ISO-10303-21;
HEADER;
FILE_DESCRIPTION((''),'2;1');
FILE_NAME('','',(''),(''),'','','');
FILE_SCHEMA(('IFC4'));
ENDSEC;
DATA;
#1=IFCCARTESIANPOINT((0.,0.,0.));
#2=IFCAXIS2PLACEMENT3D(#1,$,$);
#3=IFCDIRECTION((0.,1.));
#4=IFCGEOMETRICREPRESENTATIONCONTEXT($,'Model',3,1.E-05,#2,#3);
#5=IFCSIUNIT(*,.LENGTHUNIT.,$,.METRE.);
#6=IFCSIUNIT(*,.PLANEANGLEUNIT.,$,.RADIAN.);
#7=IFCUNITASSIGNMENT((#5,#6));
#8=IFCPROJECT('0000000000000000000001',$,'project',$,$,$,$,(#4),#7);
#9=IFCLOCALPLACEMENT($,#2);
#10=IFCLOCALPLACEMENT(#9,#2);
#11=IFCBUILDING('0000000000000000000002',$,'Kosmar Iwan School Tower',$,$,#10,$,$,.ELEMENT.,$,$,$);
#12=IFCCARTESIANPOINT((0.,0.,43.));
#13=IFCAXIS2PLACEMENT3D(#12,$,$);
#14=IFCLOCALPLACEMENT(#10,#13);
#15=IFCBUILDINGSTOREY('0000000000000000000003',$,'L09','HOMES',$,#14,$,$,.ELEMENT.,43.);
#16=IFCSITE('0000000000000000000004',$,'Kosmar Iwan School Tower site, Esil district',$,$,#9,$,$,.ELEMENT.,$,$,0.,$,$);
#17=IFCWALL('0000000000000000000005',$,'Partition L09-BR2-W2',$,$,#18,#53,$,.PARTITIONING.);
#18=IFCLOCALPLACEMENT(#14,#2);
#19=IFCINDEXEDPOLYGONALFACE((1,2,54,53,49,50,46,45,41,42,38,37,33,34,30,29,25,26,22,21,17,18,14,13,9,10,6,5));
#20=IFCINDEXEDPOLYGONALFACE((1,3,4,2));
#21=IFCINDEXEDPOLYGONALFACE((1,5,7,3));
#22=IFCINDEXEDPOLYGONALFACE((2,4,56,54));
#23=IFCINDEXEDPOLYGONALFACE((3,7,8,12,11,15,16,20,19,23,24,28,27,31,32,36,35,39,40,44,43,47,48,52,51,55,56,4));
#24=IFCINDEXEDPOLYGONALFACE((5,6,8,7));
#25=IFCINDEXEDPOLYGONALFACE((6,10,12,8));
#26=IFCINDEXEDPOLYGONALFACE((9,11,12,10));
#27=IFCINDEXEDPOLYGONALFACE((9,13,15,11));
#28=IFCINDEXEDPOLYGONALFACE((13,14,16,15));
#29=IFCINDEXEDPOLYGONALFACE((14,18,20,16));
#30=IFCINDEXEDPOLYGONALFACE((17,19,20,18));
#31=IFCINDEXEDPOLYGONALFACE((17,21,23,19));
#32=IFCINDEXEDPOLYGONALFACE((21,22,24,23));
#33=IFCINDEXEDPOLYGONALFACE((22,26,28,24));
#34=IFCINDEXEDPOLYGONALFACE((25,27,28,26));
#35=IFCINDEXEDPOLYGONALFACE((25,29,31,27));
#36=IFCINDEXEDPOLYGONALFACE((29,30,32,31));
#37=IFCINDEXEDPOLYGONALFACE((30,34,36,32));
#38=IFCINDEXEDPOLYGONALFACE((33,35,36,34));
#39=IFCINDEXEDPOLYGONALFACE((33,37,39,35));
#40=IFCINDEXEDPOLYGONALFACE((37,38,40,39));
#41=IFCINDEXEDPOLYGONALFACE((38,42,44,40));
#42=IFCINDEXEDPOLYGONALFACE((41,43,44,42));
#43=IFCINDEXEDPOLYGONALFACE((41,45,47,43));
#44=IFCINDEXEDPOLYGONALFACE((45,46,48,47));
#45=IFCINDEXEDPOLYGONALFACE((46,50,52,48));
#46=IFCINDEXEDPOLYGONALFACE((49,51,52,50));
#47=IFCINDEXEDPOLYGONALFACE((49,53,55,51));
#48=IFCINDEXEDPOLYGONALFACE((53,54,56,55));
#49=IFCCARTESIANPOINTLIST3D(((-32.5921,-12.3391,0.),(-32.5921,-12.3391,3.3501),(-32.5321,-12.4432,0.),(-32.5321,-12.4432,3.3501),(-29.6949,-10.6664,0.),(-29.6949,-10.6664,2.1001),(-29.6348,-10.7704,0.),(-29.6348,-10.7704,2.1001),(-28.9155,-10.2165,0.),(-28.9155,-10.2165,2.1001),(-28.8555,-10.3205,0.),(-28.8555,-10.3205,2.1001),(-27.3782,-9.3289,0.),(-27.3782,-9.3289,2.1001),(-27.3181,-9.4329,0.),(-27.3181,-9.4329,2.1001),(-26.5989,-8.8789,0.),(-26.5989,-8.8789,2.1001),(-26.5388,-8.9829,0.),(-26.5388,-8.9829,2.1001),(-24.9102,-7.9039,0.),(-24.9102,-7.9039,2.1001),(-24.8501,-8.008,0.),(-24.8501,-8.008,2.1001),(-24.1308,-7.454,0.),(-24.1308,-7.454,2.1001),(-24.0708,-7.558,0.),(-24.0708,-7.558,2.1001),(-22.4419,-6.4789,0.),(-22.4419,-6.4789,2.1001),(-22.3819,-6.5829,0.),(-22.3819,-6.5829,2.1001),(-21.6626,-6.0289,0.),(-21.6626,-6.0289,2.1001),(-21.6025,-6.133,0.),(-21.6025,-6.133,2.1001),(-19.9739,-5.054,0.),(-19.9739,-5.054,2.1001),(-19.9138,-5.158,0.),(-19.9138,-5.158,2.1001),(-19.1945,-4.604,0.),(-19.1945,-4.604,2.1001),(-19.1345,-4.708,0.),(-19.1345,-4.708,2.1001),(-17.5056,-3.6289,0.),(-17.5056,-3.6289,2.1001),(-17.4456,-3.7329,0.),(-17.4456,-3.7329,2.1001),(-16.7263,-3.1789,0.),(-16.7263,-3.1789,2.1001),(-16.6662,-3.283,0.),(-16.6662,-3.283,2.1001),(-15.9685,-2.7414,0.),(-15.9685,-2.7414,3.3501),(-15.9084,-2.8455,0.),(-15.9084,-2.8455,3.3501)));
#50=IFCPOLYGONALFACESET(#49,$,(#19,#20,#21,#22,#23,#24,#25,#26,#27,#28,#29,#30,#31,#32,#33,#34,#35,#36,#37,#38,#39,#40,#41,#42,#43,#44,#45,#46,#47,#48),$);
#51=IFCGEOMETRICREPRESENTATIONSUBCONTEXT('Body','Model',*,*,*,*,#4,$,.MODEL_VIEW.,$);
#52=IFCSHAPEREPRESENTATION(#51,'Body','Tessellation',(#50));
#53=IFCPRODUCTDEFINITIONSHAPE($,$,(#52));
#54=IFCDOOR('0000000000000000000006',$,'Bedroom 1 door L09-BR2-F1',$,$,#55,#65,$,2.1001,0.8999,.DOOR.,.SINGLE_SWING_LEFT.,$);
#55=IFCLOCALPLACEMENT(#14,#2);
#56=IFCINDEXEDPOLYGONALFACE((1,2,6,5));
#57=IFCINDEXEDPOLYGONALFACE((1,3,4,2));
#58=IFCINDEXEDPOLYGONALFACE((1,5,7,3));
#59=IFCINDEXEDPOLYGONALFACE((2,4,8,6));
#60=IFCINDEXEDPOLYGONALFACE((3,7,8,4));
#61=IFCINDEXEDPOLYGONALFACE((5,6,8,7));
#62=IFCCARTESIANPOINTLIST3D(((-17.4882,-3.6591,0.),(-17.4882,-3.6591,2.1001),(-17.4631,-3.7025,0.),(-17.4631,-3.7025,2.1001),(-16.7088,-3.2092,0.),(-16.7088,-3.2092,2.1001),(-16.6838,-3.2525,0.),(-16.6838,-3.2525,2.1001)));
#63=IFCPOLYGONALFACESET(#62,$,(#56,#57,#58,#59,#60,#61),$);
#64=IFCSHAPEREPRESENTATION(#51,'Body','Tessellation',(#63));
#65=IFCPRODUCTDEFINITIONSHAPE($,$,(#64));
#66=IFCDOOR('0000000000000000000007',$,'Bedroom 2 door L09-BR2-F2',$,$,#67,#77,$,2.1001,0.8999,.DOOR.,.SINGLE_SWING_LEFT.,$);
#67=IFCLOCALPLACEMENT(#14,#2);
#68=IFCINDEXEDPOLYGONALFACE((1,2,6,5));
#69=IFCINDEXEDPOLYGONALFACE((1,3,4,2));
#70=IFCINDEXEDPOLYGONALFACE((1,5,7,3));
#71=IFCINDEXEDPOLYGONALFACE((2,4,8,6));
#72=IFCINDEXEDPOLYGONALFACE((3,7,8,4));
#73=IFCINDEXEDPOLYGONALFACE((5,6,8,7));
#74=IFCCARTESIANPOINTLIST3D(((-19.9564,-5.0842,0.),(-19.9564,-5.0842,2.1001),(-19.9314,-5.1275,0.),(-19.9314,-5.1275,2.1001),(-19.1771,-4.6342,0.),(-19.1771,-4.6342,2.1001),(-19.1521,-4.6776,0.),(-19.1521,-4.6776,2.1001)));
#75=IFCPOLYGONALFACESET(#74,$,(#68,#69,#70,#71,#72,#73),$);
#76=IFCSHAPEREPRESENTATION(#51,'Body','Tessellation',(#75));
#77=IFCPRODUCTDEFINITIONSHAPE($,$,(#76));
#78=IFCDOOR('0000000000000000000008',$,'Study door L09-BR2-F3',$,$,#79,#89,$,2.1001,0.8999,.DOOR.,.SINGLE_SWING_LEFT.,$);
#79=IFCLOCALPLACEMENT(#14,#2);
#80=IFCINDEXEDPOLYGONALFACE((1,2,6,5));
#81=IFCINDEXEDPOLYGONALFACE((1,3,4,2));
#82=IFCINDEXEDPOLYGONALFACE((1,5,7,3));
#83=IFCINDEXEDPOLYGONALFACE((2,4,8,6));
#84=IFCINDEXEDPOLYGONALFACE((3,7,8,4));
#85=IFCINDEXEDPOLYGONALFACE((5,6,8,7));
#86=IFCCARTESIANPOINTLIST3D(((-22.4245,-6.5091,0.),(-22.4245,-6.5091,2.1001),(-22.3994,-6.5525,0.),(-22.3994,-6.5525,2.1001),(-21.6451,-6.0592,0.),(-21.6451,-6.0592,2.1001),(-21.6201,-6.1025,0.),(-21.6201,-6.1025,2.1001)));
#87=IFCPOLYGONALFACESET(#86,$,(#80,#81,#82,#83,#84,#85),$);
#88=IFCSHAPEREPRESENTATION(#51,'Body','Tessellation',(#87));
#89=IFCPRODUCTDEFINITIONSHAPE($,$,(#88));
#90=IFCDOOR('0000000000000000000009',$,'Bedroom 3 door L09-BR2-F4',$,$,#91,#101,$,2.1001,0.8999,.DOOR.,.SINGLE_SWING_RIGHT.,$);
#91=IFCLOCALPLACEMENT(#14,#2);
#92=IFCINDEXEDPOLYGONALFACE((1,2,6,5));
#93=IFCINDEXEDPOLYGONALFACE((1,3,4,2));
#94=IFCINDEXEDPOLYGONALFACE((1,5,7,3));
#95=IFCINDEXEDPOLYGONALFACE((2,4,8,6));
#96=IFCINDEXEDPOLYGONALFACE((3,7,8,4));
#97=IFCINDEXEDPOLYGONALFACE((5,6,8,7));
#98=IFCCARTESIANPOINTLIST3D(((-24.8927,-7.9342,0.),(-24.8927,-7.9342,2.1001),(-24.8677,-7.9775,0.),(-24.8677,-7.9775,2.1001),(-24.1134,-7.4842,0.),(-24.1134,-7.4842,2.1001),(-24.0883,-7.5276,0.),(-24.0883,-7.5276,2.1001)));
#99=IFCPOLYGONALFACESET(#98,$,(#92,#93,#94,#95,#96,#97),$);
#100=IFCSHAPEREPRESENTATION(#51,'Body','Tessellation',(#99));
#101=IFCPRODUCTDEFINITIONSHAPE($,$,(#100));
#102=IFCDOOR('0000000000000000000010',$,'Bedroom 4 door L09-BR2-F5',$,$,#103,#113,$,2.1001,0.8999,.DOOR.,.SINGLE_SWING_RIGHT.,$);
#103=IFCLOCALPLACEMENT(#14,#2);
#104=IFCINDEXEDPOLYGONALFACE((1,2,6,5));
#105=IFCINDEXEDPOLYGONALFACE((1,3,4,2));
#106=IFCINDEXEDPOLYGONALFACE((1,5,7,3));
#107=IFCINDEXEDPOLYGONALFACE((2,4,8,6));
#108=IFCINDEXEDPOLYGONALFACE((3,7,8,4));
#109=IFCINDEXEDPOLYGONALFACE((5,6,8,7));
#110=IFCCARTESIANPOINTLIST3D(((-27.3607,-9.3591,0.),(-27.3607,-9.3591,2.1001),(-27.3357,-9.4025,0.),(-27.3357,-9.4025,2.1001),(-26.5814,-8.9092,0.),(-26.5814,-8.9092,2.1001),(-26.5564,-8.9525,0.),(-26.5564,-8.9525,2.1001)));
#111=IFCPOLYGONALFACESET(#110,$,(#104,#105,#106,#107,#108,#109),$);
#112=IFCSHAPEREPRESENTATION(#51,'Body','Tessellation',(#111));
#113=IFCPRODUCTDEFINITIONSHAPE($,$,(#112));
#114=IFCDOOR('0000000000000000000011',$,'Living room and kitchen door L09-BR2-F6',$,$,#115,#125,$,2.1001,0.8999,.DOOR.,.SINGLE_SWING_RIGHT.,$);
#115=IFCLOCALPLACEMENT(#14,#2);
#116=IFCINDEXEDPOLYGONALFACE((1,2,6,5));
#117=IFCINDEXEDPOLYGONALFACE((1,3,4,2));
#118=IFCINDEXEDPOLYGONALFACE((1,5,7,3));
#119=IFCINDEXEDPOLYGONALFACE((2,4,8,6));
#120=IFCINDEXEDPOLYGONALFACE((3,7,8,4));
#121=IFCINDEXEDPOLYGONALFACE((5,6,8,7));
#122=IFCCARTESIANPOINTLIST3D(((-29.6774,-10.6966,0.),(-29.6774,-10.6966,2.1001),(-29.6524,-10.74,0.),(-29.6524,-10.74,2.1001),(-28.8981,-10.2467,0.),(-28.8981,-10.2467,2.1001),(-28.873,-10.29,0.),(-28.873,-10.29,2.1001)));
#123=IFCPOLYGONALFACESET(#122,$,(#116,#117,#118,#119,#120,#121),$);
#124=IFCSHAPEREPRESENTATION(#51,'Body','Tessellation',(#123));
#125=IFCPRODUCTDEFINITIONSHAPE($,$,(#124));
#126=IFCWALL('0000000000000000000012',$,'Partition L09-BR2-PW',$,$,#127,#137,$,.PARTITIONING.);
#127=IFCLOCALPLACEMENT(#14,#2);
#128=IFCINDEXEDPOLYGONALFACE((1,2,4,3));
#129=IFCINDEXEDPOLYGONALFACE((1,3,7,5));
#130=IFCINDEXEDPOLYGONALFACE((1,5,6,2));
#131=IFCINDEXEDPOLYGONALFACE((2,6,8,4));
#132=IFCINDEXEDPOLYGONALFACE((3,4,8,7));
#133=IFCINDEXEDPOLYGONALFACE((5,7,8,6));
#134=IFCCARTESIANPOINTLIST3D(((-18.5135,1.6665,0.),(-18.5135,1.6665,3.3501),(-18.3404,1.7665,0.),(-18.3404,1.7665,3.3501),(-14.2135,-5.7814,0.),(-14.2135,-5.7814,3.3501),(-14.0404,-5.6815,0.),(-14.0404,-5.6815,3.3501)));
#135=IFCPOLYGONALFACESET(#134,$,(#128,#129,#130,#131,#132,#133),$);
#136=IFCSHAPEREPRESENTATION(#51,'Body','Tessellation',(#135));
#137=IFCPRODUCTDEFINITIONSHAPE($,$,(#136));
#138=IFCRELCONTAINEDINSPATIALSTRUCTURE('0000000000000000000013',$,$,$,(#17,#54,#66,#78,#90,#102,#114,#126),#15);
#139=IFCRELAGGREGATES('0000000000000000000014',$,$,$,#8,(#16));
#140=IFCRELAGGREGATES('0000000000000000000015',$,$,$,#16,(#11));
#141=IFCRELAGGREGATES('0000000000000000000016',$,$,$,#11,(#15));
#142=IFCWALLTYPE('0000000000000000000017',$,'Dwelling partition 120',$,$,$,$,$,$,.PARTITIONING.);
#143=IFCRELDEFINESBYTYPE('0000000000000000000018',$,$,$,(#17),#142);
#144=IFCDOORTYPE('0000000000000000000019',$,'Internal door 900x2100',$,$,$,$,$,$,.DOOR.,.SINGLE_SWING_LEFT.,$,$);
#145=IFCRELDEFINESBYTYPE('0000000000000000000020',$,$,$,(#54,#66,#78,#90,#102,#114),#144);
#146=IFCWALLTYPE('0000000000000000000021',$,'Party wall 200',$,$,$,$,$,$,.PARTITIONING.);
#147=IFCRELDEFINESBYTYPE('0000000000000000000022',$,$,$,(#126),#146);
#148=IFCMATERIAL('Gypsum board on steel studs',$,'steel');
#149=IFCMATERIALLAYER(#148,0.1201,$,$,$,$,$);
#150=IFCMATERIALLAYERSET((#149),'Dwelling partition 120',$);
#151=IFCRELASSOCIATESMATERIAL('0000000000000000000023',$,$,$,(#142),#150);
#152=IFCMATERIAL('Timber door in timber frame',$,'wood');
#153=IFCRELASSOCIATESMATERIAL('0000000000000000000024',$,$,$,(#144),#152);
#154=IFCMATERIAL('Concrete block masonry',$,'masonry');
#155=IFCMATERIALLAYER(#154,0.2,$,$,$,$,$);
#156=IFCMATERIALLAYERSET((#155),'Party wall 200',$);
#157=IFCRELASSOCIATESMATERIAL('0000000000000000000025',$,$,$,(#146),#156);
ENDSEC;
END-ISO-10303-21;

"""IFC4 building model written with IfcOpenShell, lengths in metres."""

from ifc_helpers import new_model, si_unit, direction, frame, frame_2d, origin, place, context, subcontext, project, spatial, rectangle, extrude, material, layer, layer_set, type_object, element, fill, save


model = new_model("IFC4")

# Units and contexts
model_context = context("Model", 3, precision=1e-05, world=origin(), true_north=direction((0.0, 1.0)))
body_context = subcontext(model_context, "Body", "Model", "MODEL_VIEW")
ifc_project = project(units=[si_unit("LENGTHUNIT", "METRE"), si_unit("PLANEANGLEUNIT", "RADIAN")], contexts=[model_context])

# Site, building, storey
site_placement = place(None, origin())
site = spatial("IfcSite", under=ifc_project, at=site_placement, Name="Kosmar Iwan School Tower site, Esil district", CompositionType="ELEMENT", RefElevation=0.0)
building_placement = place(site_placement, origin())
building = spatial("IfcBuilding", under=site, at=building_placement, Name="Kosmar Iwan School Tower", CompositionType="ELEMENT")
storey_placement = place(building_placement, frame((0.0, 0.0, 43.0)))
storey = spatial("IfcBuildingStorey", under=building, at=storey_placement, Name="L09", Description="HOMES", CompositionType="ELEMENT", Elevation=43.0)

# Wall, openings, doors
ifc_material_1 = material(Name="Gypsum board on steel studs", Category="steel")
ifc_layer_1 = layer(ifc_material_1, 0.1201)
ifc_layer_set_1 = layer_set([ifc_layer_1], Name="Dwelling partition 120")
wall_type_1 = type_object("IfcWallType", Name="Dwelling partition 120", PredefinedType="PARTITIONING", material=ifc_layer_set_1)
ifc_material_2 = material(Name="Timber door in timber frame", Category="wood")
door_type_1 = type_object("IfcDoorType", Name="Internal door 900x2100", OperationType="SINGLE_SWING_LEFT", PredefinedType="DOOR", material=ifc_material_2)
wall_1_placement = place(storey_placement, frame((-15.9385, -2.7935, 0.0), z_axis=(0.0, 0.0, 1.0), x_axis=(-0.866024, -0.500002, 0.0)))
wall_1 = element("IfcWall", 1, at=wall_1_placement, inside=storey, type_object=wall_type_1, Name="Partition L09-BR2-W2", PredefinedType="PARTITIONING", context=body_context, shape_type="SweptSolid", body=[
    extrude(rectangle(XDim=19.1953, YDim=0.1201, at=frame_2d((9.5977, 0.0))), origin(), (0.0, 0.0, 1.0), 3.3501),
])
opening_1_placement = place(wall_1_placement, frame((0.875, 0.0, 0.0)))
opening_1 = element("IfcOpeningElement", 2, at=opening_1_placement, cuts=wall_1, PredefinedType="OPENING", context=body_context, shape_type="SweptSolid", body=[
    extrude(rectangle(XDim=0.8999, YDim=2.1001, at=frame_2d((0.45, 1.05))), frame((0.0, 0.072, 0.0), z_axis=(0.0, -1.0, 0.0), x_axis=(1.0, 0.0, 0.0)), (0.0, 0.0, 1.0), 0.144),
])
opening_2_placement = place(wall_1_placement, frame((3.7251, 0.0, 0.0)))
opening_2 = element("IfcOpeningElement", 3, at=opening_2_placement, cuts=wall_1, PredefinedType="OPENING", context=body_context, shape_type="SweptSolid", body=[
    extrude(rectangle(XDim=0.8999, YDim=2.1001, at=frame_2d((0.45, 1.05))), frame((0.0, 0.072, 0.0), z_axis=(0.0, -1.0, 0.0), x_axis=(1.0, 0.0, 0.0)), (0.0, 0.0, 1.0), 0.144),
])
opening_3_placement = place(wall_1_placement, frame((6.575, 0.0, 0.0)))
opening_3 = element("IfcOpeningElement", 4, at=opening_3_placement, cuts=wall_1, PredefinedType="OPENING", context=body_context, shape_type="SweptSolid", body=[
    extrude(rectangle(XDim=0.8999, YDim=2.1001, at=frame_2d((0.45, 1.05))), frame((0.0, 0.072, 0.0), z_axis=(0.0, -1.0, 0.0), x_axis=(1.0, 0.0, 0.0)), (0.0, 0.0, 1.0), 0.144),
])
opening_4_placement = place(wall_1_placement, frame((9.425, 0.0, 0.0)))
opening_4 = element("IfcOpeningElement", 5, at=opening_4_placement, cuts=wall_1, PredefinedType="OPENING", context=body_context, shape_type="SweptSolid", body=[
    extrude(rectangle(XDim=0.8999, YDim=2.1001, at=frame_2d((0.45, 1.05))), frame((0.0, 0.072, 0.0), z_axis=(0.0, -1.0, 0.0), x_axis=(1.0, 0.0, 0.0)), (0.0, 0.0, 1.0), 0.144),
])
opening_5_placement = place(wall_1_placement, frame((12.2749, 0.0, 0.0)))
opening_5 = element("IfcOpeningElement", 6, at=opening_5_placement, cuts=wall_1, PredefinedType="OPENING", context=body_context, shape_type="SweptSolid", body=[
    extrude(rectangle(XDim=0.8999, YDim=2.1001, at=frame_2d((0.45, 1.05))), frame((0.0, 0.072, 0.0), z_axis=(0.0, -1.0, 0.0), x_axis=(1.0, 0.0, 0.0)), (0.0, 0.0, 1.0), 0.144),
])
opening_6_placement = place(wall_1_placement, frame((14.95, 0.0, 0.0)))
opening_6 = element("IfcOpeningElement", 7, at=opening_6_placement, cuts=wall_1, PredefinedType="OPENING", context=body_context, shape_type="SweptSolid", body=[
    extrude(rectangle(XDim=0.8999, YDim=2.1001, at=frame_2d((0.45, 1.05))), frame((0.0, 0.072, 0.0), z_axis=(0.0, -1.0, 0.0), x_axis=(1.0, 0.0, 0.0)), (0.0, 0.0, 1.0), 0.144),
])
door_1_placement = place(opening_1_placement, origin())
door_1 = element("IfcDoor", 8, at=door_1_placement, inside=storey, type_object=door_type_1, Name="Bedroom 1 door L09-BR2-F1", OperationType="SINGLE_SWING_LEFT", OverallHeight=2.1001, OverallWidth=0.8999, PredefinedType="DOOR", context=body_context, shape_type="SweptSolid", body=[
    extrude(rectangle(XDim=0.8999, YDim=2.1001, at=frame_2d((0.45, 1.05))), frame((0.0, 0.0249, 0.0), z_axis=(0.0, -1.0, 0.0), x_axis=(1.0, 0.0, 0.0)), (0.0, 0.0, 1.0), 0.05),
])
fill(opening_1, door_1)
door_2_placement = place(opening_2_placement, origin())
door_2 = element("IfcDoor", 9, at=door_2_placement, inside=storey, type_object=door_type_1, Name="Bedroom 2 door L09-BR2-F2", OperationType="SINGLE_SWING_LEFT", OverallHeight=2.1001, OverallWidth=0.8999, PredefinedType="DOOR", context=body_context, shape_type="SweptSolid", body=[
    extrude(rectangle(XDim=0.8999, YDim=2.1001, at=frame_2d((0.45, 1.05))), frame((0.0, 0.0249, 0.0), z_axis=(0.0, -1.0, 0.0), x_axis=(1.0, 0.0, 0.0)), (0.0, 0.0, 1.0), 0.05),
])
fill(opening_2, door_2)
door_3_placement = place(opening_3_placement, origin())
door_3 = element("IfcDoor", 10, at=door_3_placement, inside=storey, type_object=door_type_1, Name="Study door L09-BR2-F3", OperationType="SINGLE_SWING_LEFT", OverallHeight=2.1001, OverallWidth=0.8999, PredefinedType="DOOR", context=body_context, shape_type="SweptSolid", body=[
    extrude(rectangle(XDim=0.8999, YDim=2.1001, at=frame_2d((0.45, 1.05))), frame((0.0, 0.0249, 0.0), z_axis=(0.0, -1.0, 0.0), x_axis=(1.0, 0.0, 0.0)), (0.0, 0.0, 1.0), 0.05),
])
fill(opening_3, door_3)
door_4_placement = place(opening_4_placement, origin())
door_4 = element("IfcDoor", 11, at=door_4_placement, inside=storey, type_object=door_type_1, Name="Bedroom 3 door L09-BR2-F4", OperationType="SINGLE_SWING_RIGHT", OverallHeight=2.1001, OverallWidth=0.8999, PredefinedType="DOOR", context=body_context, shape_type="SweptSolid", body=[
    extrude(rectangle(XDim=0.8999, YDim=2.1001, at=frame_2d((0.45, 1.05))), frame((0.0, 0.0249, 0.0), z_axis=(0.0, -1.0, 0.0), x_axis=(1.0, 0.0, 0.0)), (0.0, 0.0, 1.0), 0.05),
])
fill(opening_4, door_4)
door_5_placement = place(opening_5_placement, origin())
door_5 = element("IfcDoor", 12, at=door_5_placement, inside=storey, type_object=door_type_1, Name="Bedroom 4 door L09-BR2-F5", OperationType="SINGLE_SWING_RIGHT", OverallHeight=2.1001, OverallWidth=0.8999, PredefinedType="DOOR", context=body_context, shape_type="SweptSolid", body=[
    extrude(rectangle(XDim=0.8999, YDim=2.1001, at=frame_2d((0.45, 1.05))), frame((0.0, 0.0249, 0.0), z_axis=(0.0, -1.0, 0.0), x_axis=(1.0, 0.0, 0.0)), (0.0, 0.0, 1.0), 0.05),
])
fill(opening_5, door_5)
door_6_placement = place(opening_6_placement, origin())
door_6 = element("IfcDoor", 13, at=door_6_placement, inside=storey, type_object=door_type_1, Name="Living room and kitchen door L09-BR2-F6", OperationType="SINGLE_SWING_RIGHT", OverallHeight=2.1001, OverallWidth=0.8999, PredefinedType="DOOR", context=body_context, shape_type="SweptSolid", body=[
    extrude(rectangle(XDim=0.8999, YDim=2.1001, at=frame_2d((0.45, 1.05))), frame((0.0, 0.0249, 0.0), z_axis=(0.0, -1.0, 0.0), x_axis=(1.0, 0.0, 0.0)), (0.0, 0.0, 1.0), 0.05),
])
fill(opening_6, door_6)

# Wall
ifc_material_3 = material(Name="Concrete block masonry", Category="masonry")
ifc_layer_2 = layer(ifc_material_3, 0.2)
ifc_layer_set_2 = layer_set([ifc_layer_2], Name="Party wall 200")
wall_type_2 = type_object("IfcWallType", Name="Party wall 200", PredefinedType="PARTITIONING", material=ifc_layer_set_2)
wall_2_placement = place(storey_placement, frame((-14.127, -5.7314, 0.0), z_axis=(0.0, 0.0, 1.0), x_axis=(-0.499995, 0.866028, 0.0)))
element("IfcWall", 14, at=wall_2_placement, inside=storey, type_object=wall_type_2, Name="Partition L09-BR2-PW", PredefinedType="PARTITIONING", context=body_context, shape_type="SweptSolid", body=[
    extrude(rectangle(XDim=8.6001, YDim=0.2, at=frame_2d((4.3, 0.0))), origin(), (0.0, 0.0, 1.0), 3.3501),
])

save(model, "model.ifc")
